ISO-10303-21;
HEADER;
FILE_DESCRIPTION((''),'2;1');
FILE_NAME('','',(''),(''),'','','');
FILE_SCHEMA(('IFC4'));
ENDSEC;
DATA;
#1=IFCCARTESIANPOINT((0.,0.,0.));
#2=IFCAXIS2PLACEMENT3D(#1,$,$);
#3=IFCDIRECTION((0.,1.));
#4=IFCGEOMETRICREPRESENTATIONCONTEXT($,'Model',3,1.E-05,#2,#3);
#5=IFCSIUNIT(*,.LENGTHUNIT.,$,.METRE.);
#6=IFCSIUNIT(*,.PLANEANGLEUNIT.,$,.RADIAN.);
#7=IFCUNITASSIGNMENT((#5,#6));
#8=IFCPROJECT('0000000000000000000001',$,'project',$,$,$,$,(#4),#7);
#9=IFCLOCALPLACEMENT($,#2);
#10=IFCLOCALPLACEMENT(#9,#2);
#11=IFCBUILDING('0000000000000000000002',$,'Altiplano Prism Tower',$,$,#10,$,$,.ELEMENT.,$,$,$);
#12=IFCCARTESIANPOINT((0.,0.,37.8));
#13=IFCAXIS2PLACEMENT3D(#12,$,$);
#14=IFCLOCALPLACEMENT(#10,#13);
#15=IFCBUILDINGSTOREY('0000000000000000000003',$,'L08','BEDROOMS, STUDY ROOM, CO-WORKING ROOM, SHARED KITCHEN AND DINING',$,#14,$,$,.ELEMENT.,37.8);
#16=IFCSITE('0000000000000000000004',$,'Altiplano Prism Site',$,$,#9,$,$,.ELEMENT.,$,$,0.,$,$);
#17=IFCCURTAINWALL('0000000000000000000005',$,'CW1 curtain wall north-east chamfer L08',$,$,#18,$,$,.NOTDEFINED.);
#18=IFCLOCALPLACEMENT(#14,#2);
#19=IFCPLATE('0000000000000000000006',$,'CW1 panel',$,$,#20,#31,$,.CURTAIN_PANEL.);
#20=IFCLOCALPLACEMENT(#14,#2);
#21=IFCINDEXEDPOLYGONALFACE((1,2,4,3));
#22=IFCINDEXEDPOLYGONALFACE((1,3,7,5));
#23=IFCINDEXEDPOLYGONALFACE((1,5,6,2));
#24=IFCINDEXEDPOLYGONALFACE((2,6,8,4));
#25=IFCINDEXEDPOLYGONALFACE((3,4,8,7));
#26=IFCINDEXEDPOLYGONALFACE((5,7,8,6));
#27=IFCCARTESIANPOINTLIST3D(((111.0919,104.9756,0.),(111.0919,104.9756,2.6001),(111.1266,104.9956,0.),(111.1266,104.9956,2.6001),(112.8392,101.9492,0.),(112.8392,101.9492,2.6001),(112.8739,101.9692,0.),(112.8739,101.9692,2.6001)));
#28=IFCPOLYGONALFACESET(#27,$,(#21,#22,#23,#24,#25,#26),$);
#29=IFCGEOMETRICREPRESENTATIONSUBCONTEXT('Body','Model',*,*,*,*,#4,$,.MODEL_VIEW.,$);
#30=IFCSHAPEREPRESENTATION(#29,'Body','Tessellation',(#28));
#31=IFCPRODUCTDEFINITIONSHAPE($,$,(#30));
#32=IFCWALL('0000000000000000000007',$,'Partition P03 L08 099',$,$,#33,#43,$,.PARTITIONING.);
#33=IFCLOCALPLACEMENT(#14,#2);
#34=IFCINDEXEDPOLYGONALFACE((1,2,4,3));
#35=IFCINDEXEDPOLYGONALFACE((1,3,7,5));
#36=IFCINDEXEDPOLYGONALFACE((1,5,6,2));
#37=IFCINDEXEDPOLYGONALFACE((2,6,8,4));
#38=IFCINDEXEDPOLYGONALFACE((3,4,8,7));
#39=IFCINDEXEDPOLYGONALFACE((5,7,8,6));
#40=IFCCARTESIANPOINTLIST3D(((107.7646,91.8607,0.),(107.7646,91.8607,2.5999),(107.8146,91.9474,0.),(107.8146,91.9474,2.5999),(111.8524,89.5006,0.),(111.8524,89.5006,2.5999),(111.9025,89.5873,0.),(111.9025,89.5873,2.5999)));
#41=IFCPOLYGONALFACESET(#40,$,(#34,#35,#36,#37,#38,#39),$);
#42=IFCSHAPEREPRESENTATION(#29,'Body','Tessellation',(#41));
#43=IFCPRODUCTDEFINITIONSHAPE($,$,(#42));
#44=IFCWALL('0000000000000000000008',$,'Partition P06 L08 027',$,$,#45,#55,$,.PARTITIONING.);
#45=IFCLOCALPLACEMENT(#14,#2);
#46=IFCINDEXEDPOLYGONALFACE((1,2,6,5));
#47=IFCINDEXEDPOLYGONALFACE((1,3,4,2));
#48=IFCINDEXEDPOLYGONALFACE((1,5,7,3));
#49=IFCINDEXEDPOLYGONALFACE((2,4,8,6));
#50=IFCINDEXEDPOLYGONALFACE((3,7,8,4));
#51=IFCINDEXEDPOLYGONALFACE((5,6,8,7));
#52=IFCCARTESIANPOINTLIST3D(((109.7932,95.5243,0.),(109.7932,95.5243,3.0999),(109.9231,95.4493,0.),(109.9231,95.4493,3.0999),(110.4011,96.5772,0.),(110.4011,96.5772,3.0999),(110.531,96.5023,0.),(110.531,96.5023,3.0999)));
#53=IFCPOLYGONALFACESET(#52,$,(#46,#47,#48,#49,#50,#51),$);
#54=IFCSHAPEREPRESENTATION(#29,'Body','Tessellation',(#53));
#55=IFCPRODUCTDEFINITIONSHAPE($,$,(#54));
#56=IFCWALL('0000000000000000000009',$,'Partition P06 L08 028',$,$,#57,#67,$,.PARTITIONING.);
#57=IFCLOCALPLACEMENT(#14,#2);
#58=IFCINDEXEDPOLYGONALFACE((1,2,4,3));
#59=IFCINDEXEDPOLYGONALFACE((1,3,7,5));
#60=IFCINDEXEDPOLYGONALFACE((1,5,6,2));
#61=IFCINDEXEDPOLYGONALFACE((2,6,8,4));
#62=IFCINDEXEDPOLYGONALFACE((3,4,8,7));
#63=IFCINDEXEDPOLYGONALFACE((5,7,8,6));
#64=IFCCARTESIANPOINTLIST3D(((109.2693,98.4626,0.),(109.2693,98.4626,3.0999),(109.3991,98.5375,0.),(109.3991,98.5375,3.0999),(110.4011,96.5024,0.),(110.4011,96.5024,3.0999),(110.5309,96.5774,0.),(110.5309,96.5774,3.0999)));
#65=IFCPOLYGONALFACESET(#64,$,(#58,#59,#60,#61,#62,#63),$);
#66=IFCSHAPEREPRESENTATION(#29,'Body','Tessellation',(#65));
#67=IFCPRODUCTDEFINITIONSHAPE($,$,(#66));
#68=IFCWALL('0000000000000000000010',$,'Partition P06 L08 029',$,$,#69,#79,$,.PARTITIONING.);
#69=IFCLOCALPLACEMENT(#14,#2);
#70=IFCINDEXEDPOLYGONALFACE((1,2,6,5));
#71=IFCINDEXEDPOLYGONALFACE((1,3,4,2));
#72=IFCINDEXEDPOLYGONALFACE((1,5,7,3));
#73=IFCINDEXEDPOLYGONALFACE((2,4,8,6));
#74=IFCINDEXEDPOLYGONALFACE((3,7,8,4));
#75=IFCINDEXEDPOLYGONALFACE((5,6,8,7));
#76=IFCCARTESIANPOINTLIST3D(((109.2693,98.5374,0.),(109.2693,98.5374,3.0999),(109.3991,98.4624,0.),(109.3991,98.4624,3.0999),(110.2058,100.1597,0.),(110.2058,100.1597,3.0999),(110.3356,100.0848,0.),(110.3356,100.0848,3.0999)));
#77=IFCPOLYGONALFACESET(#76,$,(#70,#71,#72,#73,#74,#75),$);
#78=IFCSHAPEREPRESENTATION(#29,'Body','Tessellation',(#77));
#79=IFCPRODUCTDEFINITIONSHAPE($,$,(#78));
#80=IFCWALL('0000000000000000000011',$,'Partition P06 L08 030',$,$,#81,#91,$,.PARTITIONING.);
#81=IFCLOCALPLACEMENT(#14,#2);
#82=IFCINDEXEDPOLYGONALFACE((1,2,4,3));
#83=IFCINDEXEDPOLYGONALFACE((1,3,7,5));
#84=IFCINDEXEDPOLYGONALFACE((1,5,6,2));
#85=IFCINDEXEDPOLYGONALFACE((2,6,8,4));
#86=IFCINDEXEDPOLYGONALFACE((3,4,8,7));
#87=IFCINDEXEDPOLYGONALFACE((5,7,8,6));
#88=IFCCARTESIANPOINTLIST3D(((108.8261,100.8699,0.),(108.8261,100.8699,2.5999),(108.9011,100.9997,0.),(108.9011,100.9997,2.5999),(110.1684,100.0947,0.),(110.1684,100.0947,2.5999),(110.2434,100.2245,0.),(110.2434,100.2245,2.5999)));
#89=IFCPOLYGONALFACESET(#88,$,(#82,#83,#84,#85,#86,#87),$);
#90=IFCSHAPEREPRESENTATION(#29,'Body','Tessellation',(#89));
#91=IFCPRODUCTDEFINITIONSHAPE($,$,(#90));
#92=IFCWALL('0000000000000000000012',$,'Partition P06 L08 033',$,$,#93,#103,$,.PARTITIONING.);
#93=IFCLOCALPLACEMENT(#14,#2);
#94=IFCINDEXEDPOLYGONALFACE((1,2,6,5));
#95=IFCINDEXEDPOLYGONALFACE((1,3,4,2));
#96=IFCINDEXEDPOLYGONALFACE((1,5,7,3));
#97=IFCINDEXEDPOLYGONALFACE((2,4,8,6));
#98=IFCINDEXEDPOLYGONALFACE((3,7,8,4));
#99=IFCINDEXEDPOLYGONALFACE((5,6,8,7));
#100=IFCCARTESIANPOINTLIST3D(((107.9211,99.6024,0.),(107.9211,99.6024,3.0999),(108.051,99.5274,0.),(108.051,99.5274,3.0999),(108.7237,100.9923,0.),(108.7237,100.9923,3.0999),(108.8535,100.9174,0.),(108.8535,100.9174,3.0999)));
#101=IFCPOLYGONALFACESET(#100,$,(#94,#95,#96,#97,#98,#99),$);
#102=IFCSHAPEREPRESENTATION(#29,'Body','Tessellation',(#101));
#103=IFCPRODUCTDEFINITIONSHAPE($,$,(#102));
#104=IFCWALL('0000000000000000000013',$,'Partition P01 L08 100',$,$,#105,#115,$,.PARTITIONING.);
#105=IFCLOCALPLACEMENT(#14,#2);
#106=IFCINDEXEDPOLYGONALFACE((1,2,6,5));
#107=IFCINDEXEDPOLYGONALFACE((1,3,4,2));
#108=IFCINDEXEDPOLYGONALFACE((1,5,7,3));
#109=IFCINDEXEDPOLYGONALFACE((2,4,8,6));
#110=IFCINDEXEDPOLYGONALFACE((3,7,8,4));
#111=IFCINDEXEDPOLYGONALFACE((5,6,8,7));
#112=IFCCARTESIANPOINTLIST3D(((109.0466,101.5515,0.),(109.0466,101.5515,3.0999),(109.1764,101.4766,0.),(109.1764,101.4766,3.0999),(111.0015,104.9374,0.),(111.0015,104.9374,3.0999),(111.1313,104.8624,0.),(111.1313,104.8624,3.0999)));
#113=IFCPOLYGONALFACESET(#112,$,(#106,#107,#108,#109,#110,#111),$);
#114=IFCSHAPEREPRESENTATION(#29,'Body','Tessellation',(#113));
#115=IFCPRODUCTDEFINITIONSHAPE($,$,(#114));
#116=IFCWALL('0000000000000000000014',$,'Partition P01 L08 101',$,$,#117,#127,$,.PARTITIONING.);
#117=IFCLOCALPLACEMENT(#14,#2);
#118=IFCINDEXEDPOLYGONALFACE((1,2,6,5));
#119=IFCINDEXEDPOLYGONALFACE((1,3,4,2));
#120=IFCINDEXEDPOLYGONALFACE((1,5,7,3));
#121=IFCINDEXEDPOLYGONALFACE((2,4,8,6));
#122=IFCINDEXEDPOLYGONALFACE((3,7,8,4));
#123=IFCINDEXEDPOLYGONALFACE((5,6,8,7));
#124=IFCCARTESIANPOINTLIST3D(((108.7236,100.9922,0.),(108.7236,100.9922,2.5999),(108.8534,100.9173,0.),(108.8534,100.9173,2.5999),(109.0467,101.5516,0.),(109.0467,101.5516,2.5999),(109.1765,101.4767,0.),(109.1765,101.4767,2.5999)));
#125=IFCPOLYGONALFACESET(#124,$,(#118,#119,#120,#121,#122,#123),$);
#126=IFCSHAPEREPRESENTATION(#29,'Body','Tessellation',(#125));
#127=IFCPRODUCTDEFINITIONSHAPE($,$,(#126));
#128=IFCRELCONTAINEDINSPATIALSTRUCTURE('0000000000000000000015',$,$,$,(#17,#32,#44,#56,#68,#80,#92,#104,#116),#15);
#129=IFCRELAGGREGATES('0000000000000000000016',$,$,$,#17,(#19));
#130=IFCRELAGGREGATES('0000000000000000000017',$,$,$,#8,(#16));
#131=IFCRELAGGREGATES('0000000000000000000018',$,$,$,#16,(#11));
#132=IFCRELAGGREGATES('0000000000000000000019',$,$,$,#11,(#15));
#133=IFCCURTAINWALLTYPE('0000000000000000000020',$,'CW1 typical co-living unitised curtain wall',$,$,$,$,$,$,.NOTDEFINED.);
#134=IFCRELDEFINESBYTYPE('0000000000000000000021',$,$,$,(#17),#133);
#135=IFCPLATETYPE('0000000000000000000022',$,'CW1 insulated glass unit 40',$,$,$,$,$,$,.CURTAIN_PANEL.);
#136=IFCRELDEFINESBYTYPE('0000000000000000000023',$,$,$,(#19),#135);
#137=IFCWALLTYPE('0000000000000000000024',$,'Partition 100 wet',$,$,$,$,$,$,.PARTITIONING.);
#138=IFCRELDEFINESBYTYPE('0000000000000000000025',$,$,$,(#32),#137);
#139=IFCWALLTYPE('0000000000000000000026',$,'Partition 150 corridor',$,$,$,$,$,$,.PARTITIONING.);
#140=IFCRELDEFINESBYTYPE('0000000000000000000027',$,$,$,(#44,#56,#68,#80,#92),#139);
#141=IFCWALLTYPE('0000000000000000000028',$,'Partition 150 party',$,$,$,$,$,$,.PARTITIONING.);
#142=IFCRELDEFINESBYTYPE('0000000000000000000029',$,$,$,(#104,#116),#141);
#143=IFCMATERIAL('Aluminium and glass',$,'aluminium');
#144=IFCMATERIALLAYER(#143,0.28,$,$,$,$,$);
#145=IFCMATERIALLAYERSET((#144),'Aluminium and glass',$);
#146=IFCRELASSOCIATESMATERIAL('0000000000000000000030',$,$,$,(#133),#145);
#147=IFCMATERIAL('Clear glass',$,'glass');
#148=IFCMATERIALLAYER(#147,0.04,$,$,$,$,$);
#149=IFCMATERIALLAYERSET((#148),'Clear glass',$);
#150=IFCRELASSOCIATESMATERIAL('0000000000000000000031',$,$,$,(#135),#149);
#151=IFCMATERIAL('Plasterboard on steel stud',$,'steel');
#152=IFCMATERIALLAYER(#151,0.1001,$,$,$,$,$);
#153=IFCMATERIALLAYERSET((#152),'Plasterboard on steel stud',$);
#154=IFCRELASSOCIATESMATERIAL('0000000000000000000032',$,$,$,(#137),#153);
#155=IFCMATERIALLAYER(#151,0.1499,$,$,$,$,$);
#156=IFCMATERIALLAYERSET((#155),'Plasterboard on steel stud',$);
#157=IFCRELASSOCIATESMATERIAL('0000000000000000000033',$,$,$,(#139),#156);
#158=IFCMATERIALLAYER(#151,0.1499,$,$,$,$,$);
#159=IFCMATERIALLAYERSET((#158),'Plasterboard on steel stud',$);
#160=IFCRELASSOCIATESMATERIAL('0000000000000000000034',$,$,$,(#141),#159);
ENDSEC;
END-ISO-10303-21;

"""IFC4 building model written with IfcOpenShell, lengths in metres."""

from ifc_helpers import new_model, si_unit, direction, frame, frame_2d, origin, origin_2d, place, context, subcontext, project, spatial, rectangle, extrude, material, layer, layer_set, type_object, element, aggregate, save


model = new_model("IFC4")

# Units and contexts
model_context = context("Model", 3, precision=1e-05, world=origin(), true_north=direction((0.0, 1.0)))
body_context = subcontext(model_context, "Body", "Model", "MODEL_VIEW")
ifc_project = project(units=[si_unit("LENGTHUNIT", "METRE"), si_unit("PLANEANGLEUNIT", "RADIAN")], contexts=[model_context])

# Site, building, storey
site_placement = place(None, origin())
site = spatial("IfcSite", under=ifc_project, at=site_placement, Name="Altiplano Prism Site", CompositionType="ELEMENT", RefElevation=0.0)
building_placement = place(site_placement, origin())
building = spatial("IfcBuilding", under=site, at=building_placement, Name="Altiplano Prism Tower", CompositionType="ELEMENT")
storey_placement = place(building_placement, frame((0.0, 0.0, 37.8)))
storey = spatial("IfcBuildingStorey", under=building, at=storey_placement, Name="L08", Description="BEDROOMS, STUDY ROOM, CO-WORKING ROOM, SHARED KITCHEN AND DINING", CompositionType="ELEMENT", Elevation=37.8)

# Curtain wall
ifc_material_1 = material(Name="Aluminium and glass", Category="aluminium")
ifc_layer_1 = layer(ifc_material_1, 0.28)
ifc_layer_set_1 = layer_set([ifc_layer_1], Name="Aluminium and glass")
curtain_wall_type = type_object("IfcCurtainWallType", Name="CW1 typical co-living unitised curtain wall", PredefinedType="NOTDEFINED", material=ifc_layer_set_1)
curtain_wall_1_placement = place(storey_placement, origin())
curtain_wall_1 = element("IfcCurtainWall", 1, at=curtain_wall_1_placement, inside=storey, type_object=curtain_wall_type, Name="CW1 curtain wall north-east chamfer L08", PredefinedType="NOTDEFINED")

# Plate
ifc_material_2 = material(Name="Clear glass", Category="glass")
ifc_layer_2 = layer(ifc_material_2, 0.04)
ifc_layer_set_2 = layer_set([ifc_layer_2], Name="Clear glass")
plate_type = type_object("IfcPlateType", Name="CW1 insulated glass unit 40", PredefinedType="CURTAIN_PANEL", material=ifc_layer_set_2)
plate_1_placement = place(storey_placement, frame((111.9829, 103.4724, 0.0), z_axis=(0.0, 0.0, 1.0), x_axis=(-0.5, 0.866025, 0.0)))
plate_1 = element("IfcPlate", 2, at=plate_1_placement, type_object=plate_type, Name="CW1 panel", PredefinedType="CURTAIN_PANEL", context=body_context, shape_type="SweptSolid", body=[
    extrude(rectangle(XDim=3.4946, YDim=0.04, at=origin_2d()), origin(), (0.0, 0.0, 1.0), 2.6001),
])
aggregate(curtain_wall_1, [plate_1])

# Walls
ifc_material_3 = material(Name="Plasterboard on steel stud", Category="steel")
ifc_layer_3 = layer(ifc_material_3, 0.1001)
ifc_layer_set_3 = layer_set([ifc_layer_3], Name="Plasterboard on steel stud")
wall_type_1 = type_object("IfcWallType", Name="Partition 100 wet", PredefinedType="PARTITIONING", material=ifc_layer_set_3)
wall_1_placement = place(storey_placement, frame((111.8774, 89.5439, 0.0), z_axis=(0.0, 0.0, 1.0), x_axis=(-0.866029, 0.499994, 0.0)))
element("IfcWall", 3, at=wall_1_placement, inside=storey, type_object=wall_type_1, Name="Partition P03 L08 099", PredefinedType="PARTITIONING", context=body_context, shape_type="SweptSolid", body=[
    extrude(rectangle(XDim=4.7202, YDim=0.1001, at=frame_2d((2.3601, 0.0))), origin(), (0.0, 0.0, 1.0), 2.5999),
])
ifc_layer_4 = layer(ifc_material_3, 0.1499)
ifc_layer_set_4 = layer_set([ifc_layer_4], Name="Plasterboard on steel stud")
wall_type_2 = type_object("IfcWallType", Name="Partition 150 corridor", PredefinedType="PARTITIONING", material=ifc_layer_set_4)
wall_2_placement = place(storey_placement, frame((109.8582, 95.4868, 0.0), z_axis=(0.0, 0.0, 1.0), x_axis=(0.499983, 0.866035, 0.0)))
element("IfcWall", 4, at=wall_2_placement, inside=storey, type_object=wall_type_2, Name="Partition P06 L08 027", PredefinedType="PARTITIONING", context=body_context, shape_type="SweptSolid", body=[
    extrude(rectangle(XDim=1.2158, YDim=0.1499, at=frame_2d((0.6079, 0.0))), origin(), (0.0, 0.0, 1.0), 3.0999),
])
wall_3_placement = place(storey_placement, frame((110.4661, 96.5398, 0.0), z_axis=(0.0, 0.0, 1.0), x_axis=(-0.500037, 0.866004, 0.0)))
element("IfcWall", 5, at=wall_3_placement, inside=storey, type_object=wall_type_2, Name="Partition P06 L08 028", PredefinedType="PARTITIONING", context=body_context, shape_type="SweptSolid", body=[
    extrude(rectangle(XDim=2.2634, YDim=0.1499, at=frame_2d((1.1318, 0.0))), origin(), (0.0, 0.0, 1.0), 3.0999),
])
wall_4_placement = place(storey_placement, frame((109.3342, 98.5, 0.0), z_axis=(0.0, 0.0, 1.0), x_axis=(0.499952, 0.866053, 0.0)))
element("IfcWall", 6, at=wall_4_placement, inside=storey, type_object=wall_type_2, Name="Partition P06 L08 029", PredefinedType="PARTITIONING", context=body_context, shape_type="SweptSolid", body=[
    extrude(rectangle(XDim=1.8733, YDim=0.1499, at=frame_2d((0.9365, 0.0))), origin(), (0.0, 0.0, 1.0), 3.0999),
])
wall_5_placement = place(storey_placement, frame((110.2058, 100.1597, 0.0), z_axis=(0.0, 0.0, 1.0), x_axis=(-0.865976, 0.500086, 0.0)))
element("IfcWall", 7, at=wall_5_placement, inside=storey, type_object=wall_type_2, Name="Partition P06 L08 030", PredefinedType="PARTITIONING", context=body_context, shape_type="SweptSolid", body=[
    extrude(rectangle(XDim=1.55, YDim=0.1499, at=frame_2d((0.7749, 0.0))), origin(), (0.0, 0.0, 1.0), 2.5999),
])
wall_6_placement = place(storey_placement, frame((108.7886, 100.9548, 0.0), z_axis=(0.0, 0.0, 1.0), x_axis=(-0.500017, -0.866016, 0.0)))
element("IfcWall", 8, at=wall_6_placement, inside=storey, type_object=wall_type_2, Name="Partition P06 L08 033", PredefinedType="PARTITIONING", context=body_context, shape_type="SweptSolid", body=[
    extrude(rectangle(XDim=1.605, YDim=0.1499, at=frame_2d((0.8025, 0.0))), origin(), (0.0, 0.0, 1.0), 3.0999),
])
ifc_layer_5 = layer(ifc_material_3, 0.1499)
ifc_layer_set_5 = layer_set([ifc_layer_5], Name="Plasterboard on steel stud")
wall_type_3 = type_object("IfcWallType", Name="Partition 150 party", PredefinedType="PARTITIONING", material=ifc_layer_set_5)
wall_7_placement = place(storey_placement, frame((111.0664, 104.8999, 0.0), z_axis=(0.0, 0.0, 1.0), x_axis=(-0.500014, -0.866017, 0.0)))
element("IfcWall", 9, at=wall_7_placement, inside=storey, type_object=wall_type_3, Name="Partition P01 L08 100", PredefinedType="PARTITIONING", context=body_context, shape_type="SweptSolid", body=[
    extrude(rectangle(XDim=3.9097, YDim=0.1499, at=frame_2d((1.9548, 0.0))), origin(), (0.0, 0.0, 1.0), 3.0999),
])
wall_8_placement = place(storey_placement, frame((109.1116, 101.5142, 0.0), z_axis=(0.0, 0.0, 1.0), x_axis=(-0.500082, -0.865978, 0.0)))
element("IfcWall", 10, at=wall_8_placement, inside=storey, type_object=wall_type_3, Name="Partition P01 L08 101", PredefinedType="PARTITIONING", context=body_context, shape_type="SweptSolid", body=[
    extrude(rectangle(XDim=0.646, YDim=0.1499, at=frame_2d((0.323, 0.0))), origin(), (0.0, 0.0, 1.0), 2.5999),
])

save(model, "model.ifc")
